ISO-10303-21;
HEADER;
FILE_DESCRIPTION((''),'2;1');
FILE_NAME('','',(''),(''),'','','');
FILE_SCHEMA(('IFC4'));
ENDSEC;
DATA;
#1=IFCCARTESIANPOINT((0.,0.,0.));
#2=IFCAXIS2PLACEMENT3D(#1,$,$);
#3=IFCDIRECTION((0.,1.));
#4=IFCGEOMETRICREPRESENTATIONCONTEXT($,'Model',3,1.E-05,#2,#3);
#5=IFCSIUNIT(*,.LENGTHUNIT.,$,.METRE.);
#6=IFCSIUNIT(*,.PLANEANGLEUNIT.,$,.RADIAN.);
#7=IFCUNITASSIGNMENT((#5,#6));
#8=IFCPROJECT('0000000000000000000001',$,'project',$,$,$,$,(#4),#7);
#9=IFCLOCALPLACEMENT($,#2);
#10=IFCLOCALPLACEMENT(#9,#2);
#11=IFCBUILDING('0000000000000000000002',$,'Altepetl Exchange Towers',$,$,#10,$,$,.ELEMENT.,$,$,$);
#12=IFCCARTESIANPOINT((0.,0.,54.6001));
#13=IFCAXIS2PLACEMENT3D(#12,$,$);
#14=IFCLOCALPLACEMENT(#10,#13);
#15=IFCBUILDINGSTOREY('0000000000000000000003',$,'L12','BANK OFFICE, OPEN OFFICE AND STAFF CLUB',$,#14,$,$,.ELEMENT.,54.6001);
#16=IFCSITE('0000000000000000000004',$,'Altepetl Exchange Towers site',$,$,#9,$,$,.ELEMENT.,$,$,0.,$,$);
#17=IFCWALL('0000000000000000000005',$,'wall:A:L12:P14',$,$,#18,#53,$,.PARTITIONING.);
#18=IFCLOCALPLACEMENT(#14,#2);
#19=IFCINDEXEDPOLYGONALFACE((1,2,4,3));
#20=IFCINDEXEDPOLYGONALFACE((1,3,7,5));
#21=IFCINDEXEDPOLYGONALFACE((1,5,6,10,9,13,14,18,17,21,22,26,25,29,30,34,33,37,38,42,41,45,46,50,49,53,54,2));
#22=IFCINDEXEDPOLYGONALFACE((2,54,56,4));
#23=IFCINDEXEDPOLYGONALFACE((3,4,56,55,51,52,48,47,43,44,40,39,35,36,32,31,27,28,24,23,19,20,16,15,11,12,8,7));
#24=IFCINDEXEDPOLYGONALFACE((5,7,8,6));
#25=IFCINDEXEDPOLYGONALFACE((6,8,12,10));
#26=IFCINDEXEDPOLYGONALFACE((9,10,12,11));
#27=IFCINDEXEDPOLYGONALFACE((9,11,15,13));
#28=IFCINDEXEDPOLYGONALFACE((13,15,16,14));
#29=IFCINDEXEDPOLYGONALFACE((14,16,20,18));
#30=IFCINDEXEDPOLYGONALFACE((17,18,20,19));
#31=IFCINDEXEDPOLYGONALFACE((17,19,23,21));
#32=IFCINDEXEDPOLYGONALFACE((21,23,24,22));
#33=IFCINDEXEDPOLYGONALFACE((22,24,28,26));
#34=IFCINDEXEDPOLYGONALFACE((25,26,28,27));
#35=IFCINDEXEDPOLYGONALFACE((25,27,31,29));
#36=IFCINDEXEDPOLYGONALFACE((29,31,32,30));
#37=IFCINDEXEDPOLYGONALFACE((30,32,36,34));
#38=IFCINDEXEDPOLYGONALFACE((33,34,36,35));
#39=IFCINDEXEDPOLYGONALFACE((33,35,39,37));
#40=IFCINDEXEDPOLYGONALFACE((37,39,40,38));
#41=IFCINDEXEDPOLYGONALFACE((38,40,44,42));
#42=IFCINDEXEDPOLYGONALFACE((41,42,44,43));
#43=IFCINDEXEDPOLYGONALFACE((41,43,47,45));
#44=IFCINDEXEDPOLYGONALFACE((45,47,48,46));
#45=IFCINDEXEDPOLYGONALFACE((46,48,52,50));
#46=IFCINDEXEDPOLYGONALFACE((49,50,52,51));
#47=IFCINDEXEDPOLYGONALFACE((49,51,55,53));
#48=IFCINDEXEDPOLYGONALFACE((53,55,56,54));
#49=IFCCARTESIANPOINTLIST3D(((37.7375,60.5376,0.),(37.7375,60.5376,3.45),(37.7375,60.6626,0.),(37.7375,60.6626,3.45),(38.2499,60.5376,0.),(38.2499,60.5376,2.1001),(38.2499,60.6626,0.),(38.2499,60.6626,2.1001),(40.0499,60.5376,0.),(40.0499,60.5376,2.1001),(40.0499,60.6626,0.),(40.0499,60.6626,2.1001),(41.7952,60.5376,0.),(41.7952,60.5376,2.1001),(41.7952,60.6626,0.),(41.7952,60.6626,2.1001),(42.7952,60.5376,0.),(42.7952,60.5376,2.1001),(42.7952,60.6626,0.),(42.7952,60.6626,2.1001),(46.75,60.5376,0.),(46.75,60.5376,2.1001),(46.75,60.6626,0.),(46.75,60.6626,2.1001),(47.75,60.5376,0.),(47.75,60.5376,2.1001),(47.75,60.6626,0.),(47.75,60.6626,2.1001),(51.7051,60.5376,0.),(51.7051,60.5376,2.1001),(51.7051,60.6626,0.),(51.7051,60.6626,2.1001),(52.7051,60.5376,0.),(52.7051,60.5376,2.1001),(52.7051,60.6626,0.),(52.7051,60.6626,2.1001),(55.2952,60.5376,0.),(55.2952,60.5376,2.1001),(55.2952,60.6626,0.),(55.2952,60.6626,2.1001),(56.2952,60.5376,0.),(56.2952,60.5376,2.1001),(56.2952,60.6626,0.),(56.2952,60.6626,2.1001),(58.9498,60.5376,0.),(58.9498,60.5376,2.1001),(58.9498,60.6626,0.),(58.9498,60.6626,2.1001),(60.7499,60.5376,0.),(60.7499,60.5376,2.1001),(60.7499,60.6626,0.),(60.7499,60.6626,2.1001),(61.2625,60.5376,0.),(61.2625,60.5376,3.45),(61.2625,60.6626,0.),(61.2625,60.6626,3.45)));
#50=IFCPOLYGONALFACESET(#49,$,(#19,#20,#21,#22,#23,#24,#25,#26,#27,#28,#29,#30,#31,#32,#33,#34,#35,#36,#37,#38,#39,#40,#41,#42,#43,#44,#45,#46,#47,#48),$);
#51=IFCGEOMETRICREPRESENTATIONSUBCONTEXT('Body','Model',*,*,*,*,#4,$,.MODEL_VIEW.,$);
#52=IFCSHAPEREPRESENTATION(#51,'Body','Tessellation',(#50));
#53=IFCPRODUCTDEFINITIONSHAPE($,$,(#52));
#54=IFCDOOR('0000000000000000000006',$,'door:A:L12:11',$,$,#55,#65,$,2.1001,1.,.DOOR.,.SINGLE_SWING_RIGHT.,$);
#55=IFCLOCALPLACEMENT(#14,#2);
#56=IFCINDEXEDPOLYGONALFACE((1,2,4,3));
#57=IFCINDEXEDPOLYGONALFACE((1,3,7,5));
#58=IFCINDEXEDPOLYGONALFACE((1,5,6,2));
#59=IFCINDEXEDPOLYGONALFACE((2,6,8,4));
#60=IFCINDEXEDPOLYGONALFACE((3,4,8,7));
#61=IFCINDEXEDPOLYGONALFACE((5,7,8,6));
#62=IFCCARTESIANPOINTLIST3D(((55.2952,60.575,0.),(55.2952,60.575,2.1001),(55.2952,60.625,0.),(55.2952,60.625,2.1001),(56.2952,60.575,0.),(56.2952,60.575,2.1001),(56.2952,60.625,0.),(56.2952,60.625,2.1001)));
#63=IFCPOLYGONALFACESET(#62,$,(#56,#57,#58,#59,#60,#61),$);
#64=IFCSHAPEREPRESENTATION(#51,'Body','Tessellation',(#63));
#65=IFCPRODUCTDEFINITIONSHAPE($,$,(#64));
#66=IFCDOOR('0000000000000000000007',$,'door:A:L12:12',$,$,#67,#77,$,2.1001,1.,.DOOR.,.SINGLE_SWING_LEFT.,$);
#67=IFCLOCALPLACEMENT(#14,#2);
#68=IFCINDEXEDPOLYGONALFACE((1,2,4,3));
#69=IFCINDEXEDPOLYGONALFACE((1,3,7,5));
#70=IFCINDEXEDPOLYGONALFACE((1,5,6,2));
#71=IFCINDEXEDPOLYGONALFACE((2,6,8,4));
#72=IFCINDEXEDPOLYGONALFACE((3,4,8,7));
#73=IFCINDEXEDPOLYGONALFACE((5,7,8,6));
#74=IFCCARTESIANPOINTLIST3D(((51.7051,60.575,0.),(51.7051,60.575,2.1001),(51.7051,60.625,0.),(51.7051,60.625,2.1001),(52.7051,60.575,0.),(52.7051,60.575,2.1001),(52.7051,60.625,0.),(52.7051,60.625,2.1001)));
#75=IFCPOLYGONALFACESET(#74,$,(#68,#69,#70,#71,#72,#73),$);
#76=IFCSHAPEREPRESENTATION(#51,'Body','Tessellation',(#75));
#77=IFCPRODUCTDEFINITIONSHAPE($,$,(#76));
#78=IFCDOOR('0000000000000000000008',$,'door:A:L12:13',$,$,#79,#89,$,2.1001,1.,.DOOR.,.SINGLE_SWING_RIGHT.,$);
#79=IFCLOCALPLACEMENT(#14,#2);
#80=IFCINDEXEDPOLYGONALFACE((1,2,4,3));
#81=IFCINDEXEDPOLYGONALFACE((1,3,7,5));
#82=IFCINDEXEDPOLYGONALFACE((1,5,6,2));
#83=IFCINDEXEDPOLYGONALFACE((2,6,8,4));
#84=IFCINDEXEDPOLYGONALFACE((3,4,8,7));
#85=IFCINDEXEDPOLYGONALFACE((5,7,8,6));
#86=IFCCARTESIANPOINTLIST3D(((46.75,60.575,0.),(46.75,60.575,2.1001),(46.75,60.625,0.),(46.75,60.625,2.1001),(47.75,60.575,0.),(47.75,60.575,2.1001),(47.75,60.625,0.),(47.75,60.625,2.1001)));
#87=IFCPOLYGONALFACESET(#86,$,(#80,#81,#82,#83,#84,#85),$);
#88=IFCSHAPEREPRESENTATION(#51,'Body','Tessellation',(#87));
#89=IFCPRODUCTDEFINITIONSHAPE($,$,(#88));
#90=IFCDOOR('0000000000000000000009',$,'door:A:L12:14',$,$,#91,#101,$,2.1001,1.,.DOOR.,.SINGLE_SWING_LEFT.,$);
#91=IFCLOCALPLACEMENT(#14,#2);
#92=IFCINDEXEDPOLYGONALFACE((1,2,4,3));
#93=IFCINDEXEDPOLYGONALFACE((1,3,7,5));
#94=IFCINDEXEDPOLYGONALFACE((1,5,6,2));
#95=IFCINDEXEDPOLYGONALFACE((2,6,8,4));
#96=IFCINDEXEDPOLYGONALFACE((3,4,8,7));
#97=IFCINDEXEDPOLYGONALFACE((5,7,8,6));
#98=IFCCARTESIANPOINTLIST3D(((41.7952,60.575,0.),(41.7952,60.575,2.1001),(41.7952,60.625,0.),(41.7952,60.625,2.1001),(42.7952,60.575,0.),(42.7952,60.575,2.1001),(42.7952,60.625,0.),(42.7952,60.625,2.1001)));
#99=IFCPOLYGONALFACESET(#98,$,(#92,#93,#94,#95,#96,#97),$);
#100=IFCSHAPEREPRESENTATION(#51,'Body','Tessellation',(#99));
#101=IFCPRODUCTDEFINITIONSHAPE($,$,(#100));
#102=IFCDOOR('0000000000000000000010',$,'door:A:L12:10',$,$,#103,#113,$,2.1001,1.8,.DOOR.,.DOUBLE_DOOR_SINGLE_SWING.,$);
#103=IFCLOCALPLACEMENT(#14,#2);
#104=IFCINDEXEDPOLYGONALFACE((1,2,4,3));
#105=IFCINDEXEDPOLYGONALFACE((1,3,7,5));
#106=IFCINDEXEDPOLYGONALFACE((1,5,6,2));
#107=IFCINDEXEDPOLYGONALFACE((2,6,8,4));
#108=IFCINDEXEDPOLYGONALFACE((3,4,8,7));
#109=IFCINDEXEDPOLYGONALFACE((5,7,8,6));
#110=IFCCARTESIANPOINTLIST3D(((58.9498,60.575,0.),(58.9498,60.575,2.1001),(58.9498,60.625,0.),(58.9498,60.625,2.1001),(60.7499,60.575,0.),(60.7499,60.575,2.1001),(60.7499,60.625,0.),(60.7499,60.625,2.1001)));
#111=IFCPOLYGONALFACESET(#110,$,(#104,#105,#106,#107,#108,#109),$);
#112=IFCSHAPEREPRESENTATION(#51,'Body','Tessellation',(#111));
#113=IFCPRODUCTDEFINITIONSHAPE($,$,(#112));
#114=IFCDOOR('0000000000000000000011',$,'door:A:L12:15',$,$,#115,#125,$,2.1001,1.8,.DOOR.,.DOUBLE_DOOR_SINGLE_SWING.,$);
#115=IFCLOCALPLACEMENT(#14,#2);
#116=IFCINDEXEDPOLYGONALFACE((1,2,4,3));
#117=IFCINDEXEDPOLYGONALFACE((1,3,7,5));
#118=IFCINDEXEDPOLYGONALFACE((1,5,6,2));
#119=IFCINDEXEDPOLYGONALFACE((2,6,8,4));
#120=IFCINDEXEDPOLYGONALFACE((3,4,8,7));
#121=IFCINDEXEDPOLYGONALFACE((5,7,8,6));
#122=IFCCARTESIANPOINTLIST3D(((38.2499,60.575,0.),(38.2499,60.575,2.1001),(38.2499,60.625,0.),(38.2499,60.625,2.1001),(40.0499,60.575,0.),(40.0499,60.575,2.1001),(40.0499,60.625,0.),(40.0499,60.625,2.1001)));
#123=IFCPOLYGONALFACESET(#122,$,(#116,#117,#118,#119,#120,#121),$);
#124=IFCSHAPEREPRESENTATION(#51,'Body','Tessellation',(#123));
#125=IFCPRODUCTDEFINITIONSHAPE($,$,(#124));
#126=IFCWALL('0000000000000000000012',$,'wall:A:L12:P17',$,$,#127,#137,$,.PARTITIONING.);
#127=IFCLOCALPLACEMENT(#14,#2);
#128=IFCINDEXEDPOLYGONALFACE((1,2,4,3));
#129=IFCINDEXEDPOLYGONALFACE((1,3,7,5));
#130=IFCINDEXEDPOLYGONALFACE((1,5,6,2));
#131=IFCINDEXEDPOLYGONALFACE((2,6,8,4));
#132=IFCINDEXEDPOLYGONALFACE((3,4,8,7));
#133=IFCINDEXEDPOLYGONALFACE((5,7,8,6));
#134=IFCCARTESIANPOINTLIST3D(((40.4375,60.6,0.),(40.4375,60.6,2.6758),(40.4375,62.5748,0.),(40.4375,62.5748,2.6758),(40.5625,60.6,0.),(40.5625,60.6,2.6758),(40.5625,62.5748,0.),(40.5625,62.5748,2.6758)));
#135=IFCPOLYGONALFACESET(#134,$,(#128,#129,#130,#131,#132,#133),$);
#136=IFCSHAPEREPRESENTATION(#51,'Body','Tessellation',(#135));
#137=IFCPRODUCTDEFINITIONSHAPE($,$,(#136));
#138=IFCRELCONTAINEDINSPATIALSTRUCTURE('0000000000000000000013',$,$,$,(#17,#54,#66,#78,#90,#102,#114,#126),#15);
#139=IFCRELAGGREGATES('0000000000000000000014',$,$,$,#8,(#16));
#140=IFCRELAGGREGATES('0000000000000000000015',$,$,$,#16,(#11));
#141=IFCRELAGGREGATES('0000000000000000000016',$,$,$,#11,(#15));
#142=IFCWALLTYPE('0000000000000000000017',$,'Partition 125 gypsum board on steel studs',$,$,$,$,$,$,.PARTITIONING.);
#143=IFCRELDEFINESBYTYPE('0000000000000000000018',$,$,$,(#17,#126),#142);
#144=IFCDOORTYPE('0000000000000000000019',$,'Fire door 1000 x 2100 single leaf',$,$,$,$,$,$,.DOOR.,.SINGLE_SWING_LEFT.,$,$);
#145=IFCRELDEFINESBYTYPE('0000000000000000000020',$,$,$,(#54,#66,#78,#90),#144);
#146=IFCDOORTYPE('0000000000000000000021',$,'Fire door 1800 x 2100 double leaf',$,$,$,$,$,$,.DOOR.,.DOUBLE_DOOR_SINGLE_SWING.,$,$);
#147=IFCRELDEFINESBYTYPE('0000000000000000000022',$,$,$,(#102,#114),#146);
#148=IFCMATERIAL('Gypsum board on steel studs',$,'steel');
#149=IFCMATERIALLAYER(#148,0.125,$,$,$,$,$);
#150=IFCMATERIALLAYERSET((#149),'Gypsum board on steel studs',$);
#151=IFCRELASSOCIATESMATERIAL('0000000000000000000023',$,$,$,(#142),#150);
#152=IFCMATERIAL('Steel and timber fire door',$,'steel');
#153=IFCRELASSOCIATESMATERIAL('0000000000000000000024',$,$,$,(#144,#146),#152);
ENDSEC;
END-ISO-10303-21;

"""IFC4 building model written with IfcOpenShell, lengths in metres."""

from ifc_helpers import new_model, si_unit, direction, frame, frame_2d, origin, place, context, subcontext, project, spatial, rectangle, extrude, material, layer, layer_set, type_object, element, fill, save


model = new_model("IFC4")

# Units and contexts
model_context = context("Model", 3, precision=1e-05, world=origin(), true_north=direction((0.0, 1.0)))
body_context = subcontext(model_context, "Body", "Model", "MODEL_VIEW")
ifc_project = project(units=[si_unit("LENGTHUNIT", "METRE"), si_unit("PLANEANGLEUNIT", "RADIAN")], contexts=[model_context])

# Site, building, storey
site_placement = place(None, origin())
site = spatial("IfcSite", under=ifc_project, at=site_placement, Name="Altepetl Exchange Towers site", CompositionType="ELEMENT", RefElevation=0.0)
building_placement = place(site_placement, origin())
building = spatial("IfcBuilding", under=site, at=building_placement, Name="Altepetl Exchange Towers", CompositionType="ELEMENT")
storey_placement = place(building_placement, frame((0.0, 0.0, 54.6001)))
storey = spatial("IfcBuildingStorey", under=building, at=storey_placement, Name="L12", Description="BANK OFFICE, OPEN OFFICE AND STAFF CLUB", CompositionType="ELEMENT", Elevation=54.6001)

# Shared definitions
ifc_material_1 = material(Name="Gypsum board on steel studs", Category="steel")
ifc_layer_1 = layer(ifc_material_1, 0.125)
ifc_layer_set_1 = layer_set([ifc_layer_1], Name="Gypsum board on steel studs")
wall_type_1 = type_object("IfcWallType", Name="Partition 125 gypsum board on steel studs", PredefinedType="PARTITIONING", material=ifc_layer_set_1)

# Wall, openings, doors
wall_1_placement = place(storey_placement, frame((37.7375, 60.6001, 0.0)))
wall_1 = element("IfcWall", 1, at=wall_1_placement, inside=storey, type_object=wall_type_1, Name="wall:A:L12:P14", PredefinedType="PARTITIONING", context=body_context, shape_type="SweptSolid", body=[
    extrude(rectangle(XDim=23.5249, YDim=0.125, at=frame_2d((11.7625, 0.0))), origin(), (0.0, 0.0, 1.0), 3.45),
])
opening_1_placement = place(wall_1_placement, frame((21.2124, 0.0, 0.0)))
opening_1 = element("IfcOpeningElement", 2, at=opening_1_placement, cuts=wall_1, PredefinedType="OPENING", context=body_context, shape_type="SweptSolid", body=[
    extrude(rectangle(XDim=1.8, YDim=2.1001, at=frame_2d((0.8999, 1.05))), frame((0.0, 0.0725, 0.0), z_axis=(0.0, -1.0, 0.0), x_axis=(1.0, 0.0, 0.0)), (0.0, 0.0, 1.0), 0.145),
])
opening_2_placement = place(wall_1_placement, frame((17.5576, 0.0, 0.0)))
opening_2 = element("IfcOpeningElement", 3, at=opening_2_placement, cuts=wall_1, PredefinedType="OPENING", context=body_context, shape_type="SweptSolid", body=[
    extrude(rectangle(XDim=1.0, YDim=2.1001, at=frame_2d((0.5, 1.05))), frame((0.0, 0.0725, 0.0), z_axis=(0.0, -1.0, 0.0), x_axis=(1.0, 0.0, 0.0)), (0.0, 0.0, 1.0), 0.145),
])
opening_3_placement = place(wall_1_placement, frame((13.9675, 0.0, 0.0)))
opening_3 = element("IfcOpeningElement", 4, at=opening_3_placement, cuts=wall_1, PredefinedType="OPENING", context=body_context, shape_type="SweptSolid", body=[
    extrude(rectangle(XDim=1.0, YDim=2.1001, at=frame_2d((0.5, 1.05))), frame((0.0, 0.0725, 0.0), z_axis=(0.0, -1.0, 0.0), x_axis=(1.0, 0.0, 0.0)), (0.0, 0.0, 1.0), 0.145),
])
opening_4_placement = place(wall_1_placement, frame((9.0125, 0.0, 0.0)))
opening_4 = element("IfcOpeningElement", 5, at=opening_4_placement, cuts=wall_1, PredefinedType="OPENING", context=body_context, shape_type="SweptSolid", body=[
    extrude(rectangle(XDim=1.0, YDim=2.1001, at=frame_2d((0.5, 1.05))), frame((0.0, 0.0725, 0.0), z_axis=(0.0, -1.0, 0.0), x_axis=(1.0, 0.0, 0.0)), (0.0, 0.0, 1.0), 0.145),
])
opening_5_placement = place(wall_1_placement, frame((4.0576, 0.0, 0.0)))
opening_5 = element("IfcOpeningElement", 6, at=opening_5_placement, cuts=wall_1, PredefinedType="OPENING", context=body_context, shape_type="SweptSolid", body=[
    extrude(rectangle(XDim=1.0, YDim=2.1001, at=frame_2d((0.5, 1.05))), frame((0.0, 0.0725, 0.0), z_axis=(0.0, -1.0, 0.0), x_axis=(1.0, 0.0, 0.0)), (0.0, 0.0, 1.0), 0.145),
])
opening_6_placement = place(wall_1_placement, frame((0.5125, 0.0, 0.0)))
opening_6 = element("IfcOpeningElement", 7, at=opening_6_placement, cuts=wall_1, PredefinedType="OPENING", context=body_context, shape_type="SweptSolid", body=[
    extrude(rectangle(XDim=1.8, YDim=2.1001, at=frame_2d((0.8999, 1.05))), frame((0.0, 0.0725, 0.0), z_axis=(0.0, -1.0, 0.0), x_axis=(1.0, 0.0, 0.0)), (0.0, 0.0, 1.0), 0.145),
])
ifc_material_2 = material(Name="Steel and timber fire door", Category="steel")
door_type_1 = type_object("IfcDoorType", Name="Fire door 1000 x 2100 single leaf", OperationType="SINGLE_SWING_LEFT", PredefinedType="DOOR", material=ifc_material_2)
door_1_placement = place(opening_2_placement, origin())
door_1 = element("IfcDoor", 8, at=door_1_placement, inside=storey, type_object=door_type_1, Name="door:A:L12:11", OperationType="SINGLE_SWING_RIGHT", OverallHeight=2.1001, OverallWidth=1.0, PredefinedType="DOOR", context=body_context, shape_type="SweptSolid", body=[
    extrude(rectangle(XDim=1.0, YDim=2.1001, at=frame_2d((0.5, 1.05))), frame((0.0, 0.0249, 0.0), z_axis=(0.0, -1.0, 0.0), x_axis=(1.0, 0.0, 0.0)), (0.0, 0.0, 1.0), 0.05),
])
fill(opening_2, door_1)
door_2_placement = place(opening_3_placement, origin())
door_2 = element("IfcDoor", 9, at=door_2_placement, inside=storey, type_object=door_type_1, Name="door:A:L12:12", OperationType="SINGLE_SWING_LEFT", OverallHeight=2.1001, OverallWidth=1.0, PredefinedType="DOOR", context=body_context, shape_type="SweptSolid", body=[
    extrude(rectangle(XDim=1.0, YDim=2.1001, at=frame_2d((0.5, 1.05))), frame((0.0, 0.0249, 0.0), z_axis=(0.0, -1.0, 0.0), x_axis=(1.0, 0.0, 0.0)), (0.0, 0.0, 1.0), 0.05),
])
fill(opening_3, door_2)
door_3_placement = place(opening_4_placement, origin())
door_3 = element("IfcDoor", 10, at=door_3_placement, inside=storey, type_object=door_type_1, Name="door:A:L12:13", OperationType="SINGLE_SWING_RIGHT", OverallHeight=2.1001, OverallWidth=1.0, PredefinedType="DOOR", context=body_context, shape_type="SweptSolid", body=[
    extrude(rectangle(XDim=1.0, YDim=2.1001, at=frame_2d((0.5, 1.05))), frame((0.0, 0.0249, 0.0), z_axis=(0.0, -1.0, 0.0), x_axis=(1.0, 0.0, 0.0)), (0.0, 0.0, 1.0), 0.05),
])
fill(opening_4, door_3)
door_4_placement = place(opening_5_placement, origin())
door_4 = element("IfcDoor", 11, at=door_4_placement, inside=storey, type_object=door_type_1, Name="door:A:L12:14", OperationType="SINGLE_SWING_LEFT", OverallHeight=2.1001, OverallWidth=1.0, PredefinedType="DOOR", context=body_context, shape_type="SweptSolid", body=[
    extrude(rectangle(XDim=1.0, YDim=2.1001, at=frame_2d((0.5, 1.05))), frame((0.0, 0.0249, 0.0), z_axis=(0.0, -1.0, 0.0), x_axis=(1.0, 0.0, 0.0)), (0.0, 0.0, 1.0), 0.05),
])
fill(opening_5, door_4)
door_type_2 = type_object("IfcDoorType", Name="Fire door 1800 x 2100 double leaf", OperationType="DOUBLE_DOOR_SINGLE_SWING", PredefinedType="DOOR", material=ifc_material_2)
door_5_placement = place(opening_1_placement, origin())
door_5 = element("IfcDoor", 12, at=door_5_placement, inside=storey, type_object=door_type_2, Name="door:A:L12:10", OperationType="DOUBLE_DOOR_SINGLE_SWING", OverallHeight=2.1001, OverallWidth=1.8, PredefinedType="DOOR", context=body_context, shape_type="SweptSolid", body=[
    extrude(rectangle(XDim=1.8, YDim=2.1001, at=frame_2d((0.8999, 1.05))), frame((0.0, 0.0249, 0.0), z_axis=(0.0, -1.0, 0.0), x_axis=(1.0, 0.0, 0.0)), (0.0, 0.0, 1.0), 0.05),
])
fill(opening_1, door_5)
door_6_placement = place(opening_6_placement, origin())
door_6 = element("IfcDoor", 13, at=door_6_placement, inside=storey, type_object=door_type_2, Name="door:A:L12:15", OperationType="DOUBLE_DOOR_SINGLE_SWING", OverallHeight=2.1001, OverallWidth=1.8, PredefinedType="DOOR", context=body_context, shape_type="SweptSolid", body=[
    extrude(rectangle(XDim=1.8, YDim=2.1001, at=frame_2d((0.8999, 1.05))), frame((0.0, 0.0249, 0.0), z_axis=(0.0, -1.0, 0.0), x_axis=(1.0, 0.0, 0.0)), (0.0, 0.0, 1.0), 0.05),
])
fill(opening_6, door_6)

# Wall
wall_2_placement = place(storey_placement, frame((40.5, 60.6001, 0.0), z_axis=(0.0, 0.0, 1.0), x_axis=(0.0, 1.0, 0.0)))
element("IfcWall", 14, at=wall_2_placement, inside=storey, type_object=wall_type_1, Name="wall:A:L12:P17", PredefinedType="PARTITIONING", context=body_context, shape_type="SweptSolid", body=[
    extrude(rectangle(XDim=1.9749, YDim=0.125, at=frame_2d((0.9873, 0.0))), origin(), (0.0, 0.0, 1.0), 2.6758),
])

save(model, "model.ifc")
